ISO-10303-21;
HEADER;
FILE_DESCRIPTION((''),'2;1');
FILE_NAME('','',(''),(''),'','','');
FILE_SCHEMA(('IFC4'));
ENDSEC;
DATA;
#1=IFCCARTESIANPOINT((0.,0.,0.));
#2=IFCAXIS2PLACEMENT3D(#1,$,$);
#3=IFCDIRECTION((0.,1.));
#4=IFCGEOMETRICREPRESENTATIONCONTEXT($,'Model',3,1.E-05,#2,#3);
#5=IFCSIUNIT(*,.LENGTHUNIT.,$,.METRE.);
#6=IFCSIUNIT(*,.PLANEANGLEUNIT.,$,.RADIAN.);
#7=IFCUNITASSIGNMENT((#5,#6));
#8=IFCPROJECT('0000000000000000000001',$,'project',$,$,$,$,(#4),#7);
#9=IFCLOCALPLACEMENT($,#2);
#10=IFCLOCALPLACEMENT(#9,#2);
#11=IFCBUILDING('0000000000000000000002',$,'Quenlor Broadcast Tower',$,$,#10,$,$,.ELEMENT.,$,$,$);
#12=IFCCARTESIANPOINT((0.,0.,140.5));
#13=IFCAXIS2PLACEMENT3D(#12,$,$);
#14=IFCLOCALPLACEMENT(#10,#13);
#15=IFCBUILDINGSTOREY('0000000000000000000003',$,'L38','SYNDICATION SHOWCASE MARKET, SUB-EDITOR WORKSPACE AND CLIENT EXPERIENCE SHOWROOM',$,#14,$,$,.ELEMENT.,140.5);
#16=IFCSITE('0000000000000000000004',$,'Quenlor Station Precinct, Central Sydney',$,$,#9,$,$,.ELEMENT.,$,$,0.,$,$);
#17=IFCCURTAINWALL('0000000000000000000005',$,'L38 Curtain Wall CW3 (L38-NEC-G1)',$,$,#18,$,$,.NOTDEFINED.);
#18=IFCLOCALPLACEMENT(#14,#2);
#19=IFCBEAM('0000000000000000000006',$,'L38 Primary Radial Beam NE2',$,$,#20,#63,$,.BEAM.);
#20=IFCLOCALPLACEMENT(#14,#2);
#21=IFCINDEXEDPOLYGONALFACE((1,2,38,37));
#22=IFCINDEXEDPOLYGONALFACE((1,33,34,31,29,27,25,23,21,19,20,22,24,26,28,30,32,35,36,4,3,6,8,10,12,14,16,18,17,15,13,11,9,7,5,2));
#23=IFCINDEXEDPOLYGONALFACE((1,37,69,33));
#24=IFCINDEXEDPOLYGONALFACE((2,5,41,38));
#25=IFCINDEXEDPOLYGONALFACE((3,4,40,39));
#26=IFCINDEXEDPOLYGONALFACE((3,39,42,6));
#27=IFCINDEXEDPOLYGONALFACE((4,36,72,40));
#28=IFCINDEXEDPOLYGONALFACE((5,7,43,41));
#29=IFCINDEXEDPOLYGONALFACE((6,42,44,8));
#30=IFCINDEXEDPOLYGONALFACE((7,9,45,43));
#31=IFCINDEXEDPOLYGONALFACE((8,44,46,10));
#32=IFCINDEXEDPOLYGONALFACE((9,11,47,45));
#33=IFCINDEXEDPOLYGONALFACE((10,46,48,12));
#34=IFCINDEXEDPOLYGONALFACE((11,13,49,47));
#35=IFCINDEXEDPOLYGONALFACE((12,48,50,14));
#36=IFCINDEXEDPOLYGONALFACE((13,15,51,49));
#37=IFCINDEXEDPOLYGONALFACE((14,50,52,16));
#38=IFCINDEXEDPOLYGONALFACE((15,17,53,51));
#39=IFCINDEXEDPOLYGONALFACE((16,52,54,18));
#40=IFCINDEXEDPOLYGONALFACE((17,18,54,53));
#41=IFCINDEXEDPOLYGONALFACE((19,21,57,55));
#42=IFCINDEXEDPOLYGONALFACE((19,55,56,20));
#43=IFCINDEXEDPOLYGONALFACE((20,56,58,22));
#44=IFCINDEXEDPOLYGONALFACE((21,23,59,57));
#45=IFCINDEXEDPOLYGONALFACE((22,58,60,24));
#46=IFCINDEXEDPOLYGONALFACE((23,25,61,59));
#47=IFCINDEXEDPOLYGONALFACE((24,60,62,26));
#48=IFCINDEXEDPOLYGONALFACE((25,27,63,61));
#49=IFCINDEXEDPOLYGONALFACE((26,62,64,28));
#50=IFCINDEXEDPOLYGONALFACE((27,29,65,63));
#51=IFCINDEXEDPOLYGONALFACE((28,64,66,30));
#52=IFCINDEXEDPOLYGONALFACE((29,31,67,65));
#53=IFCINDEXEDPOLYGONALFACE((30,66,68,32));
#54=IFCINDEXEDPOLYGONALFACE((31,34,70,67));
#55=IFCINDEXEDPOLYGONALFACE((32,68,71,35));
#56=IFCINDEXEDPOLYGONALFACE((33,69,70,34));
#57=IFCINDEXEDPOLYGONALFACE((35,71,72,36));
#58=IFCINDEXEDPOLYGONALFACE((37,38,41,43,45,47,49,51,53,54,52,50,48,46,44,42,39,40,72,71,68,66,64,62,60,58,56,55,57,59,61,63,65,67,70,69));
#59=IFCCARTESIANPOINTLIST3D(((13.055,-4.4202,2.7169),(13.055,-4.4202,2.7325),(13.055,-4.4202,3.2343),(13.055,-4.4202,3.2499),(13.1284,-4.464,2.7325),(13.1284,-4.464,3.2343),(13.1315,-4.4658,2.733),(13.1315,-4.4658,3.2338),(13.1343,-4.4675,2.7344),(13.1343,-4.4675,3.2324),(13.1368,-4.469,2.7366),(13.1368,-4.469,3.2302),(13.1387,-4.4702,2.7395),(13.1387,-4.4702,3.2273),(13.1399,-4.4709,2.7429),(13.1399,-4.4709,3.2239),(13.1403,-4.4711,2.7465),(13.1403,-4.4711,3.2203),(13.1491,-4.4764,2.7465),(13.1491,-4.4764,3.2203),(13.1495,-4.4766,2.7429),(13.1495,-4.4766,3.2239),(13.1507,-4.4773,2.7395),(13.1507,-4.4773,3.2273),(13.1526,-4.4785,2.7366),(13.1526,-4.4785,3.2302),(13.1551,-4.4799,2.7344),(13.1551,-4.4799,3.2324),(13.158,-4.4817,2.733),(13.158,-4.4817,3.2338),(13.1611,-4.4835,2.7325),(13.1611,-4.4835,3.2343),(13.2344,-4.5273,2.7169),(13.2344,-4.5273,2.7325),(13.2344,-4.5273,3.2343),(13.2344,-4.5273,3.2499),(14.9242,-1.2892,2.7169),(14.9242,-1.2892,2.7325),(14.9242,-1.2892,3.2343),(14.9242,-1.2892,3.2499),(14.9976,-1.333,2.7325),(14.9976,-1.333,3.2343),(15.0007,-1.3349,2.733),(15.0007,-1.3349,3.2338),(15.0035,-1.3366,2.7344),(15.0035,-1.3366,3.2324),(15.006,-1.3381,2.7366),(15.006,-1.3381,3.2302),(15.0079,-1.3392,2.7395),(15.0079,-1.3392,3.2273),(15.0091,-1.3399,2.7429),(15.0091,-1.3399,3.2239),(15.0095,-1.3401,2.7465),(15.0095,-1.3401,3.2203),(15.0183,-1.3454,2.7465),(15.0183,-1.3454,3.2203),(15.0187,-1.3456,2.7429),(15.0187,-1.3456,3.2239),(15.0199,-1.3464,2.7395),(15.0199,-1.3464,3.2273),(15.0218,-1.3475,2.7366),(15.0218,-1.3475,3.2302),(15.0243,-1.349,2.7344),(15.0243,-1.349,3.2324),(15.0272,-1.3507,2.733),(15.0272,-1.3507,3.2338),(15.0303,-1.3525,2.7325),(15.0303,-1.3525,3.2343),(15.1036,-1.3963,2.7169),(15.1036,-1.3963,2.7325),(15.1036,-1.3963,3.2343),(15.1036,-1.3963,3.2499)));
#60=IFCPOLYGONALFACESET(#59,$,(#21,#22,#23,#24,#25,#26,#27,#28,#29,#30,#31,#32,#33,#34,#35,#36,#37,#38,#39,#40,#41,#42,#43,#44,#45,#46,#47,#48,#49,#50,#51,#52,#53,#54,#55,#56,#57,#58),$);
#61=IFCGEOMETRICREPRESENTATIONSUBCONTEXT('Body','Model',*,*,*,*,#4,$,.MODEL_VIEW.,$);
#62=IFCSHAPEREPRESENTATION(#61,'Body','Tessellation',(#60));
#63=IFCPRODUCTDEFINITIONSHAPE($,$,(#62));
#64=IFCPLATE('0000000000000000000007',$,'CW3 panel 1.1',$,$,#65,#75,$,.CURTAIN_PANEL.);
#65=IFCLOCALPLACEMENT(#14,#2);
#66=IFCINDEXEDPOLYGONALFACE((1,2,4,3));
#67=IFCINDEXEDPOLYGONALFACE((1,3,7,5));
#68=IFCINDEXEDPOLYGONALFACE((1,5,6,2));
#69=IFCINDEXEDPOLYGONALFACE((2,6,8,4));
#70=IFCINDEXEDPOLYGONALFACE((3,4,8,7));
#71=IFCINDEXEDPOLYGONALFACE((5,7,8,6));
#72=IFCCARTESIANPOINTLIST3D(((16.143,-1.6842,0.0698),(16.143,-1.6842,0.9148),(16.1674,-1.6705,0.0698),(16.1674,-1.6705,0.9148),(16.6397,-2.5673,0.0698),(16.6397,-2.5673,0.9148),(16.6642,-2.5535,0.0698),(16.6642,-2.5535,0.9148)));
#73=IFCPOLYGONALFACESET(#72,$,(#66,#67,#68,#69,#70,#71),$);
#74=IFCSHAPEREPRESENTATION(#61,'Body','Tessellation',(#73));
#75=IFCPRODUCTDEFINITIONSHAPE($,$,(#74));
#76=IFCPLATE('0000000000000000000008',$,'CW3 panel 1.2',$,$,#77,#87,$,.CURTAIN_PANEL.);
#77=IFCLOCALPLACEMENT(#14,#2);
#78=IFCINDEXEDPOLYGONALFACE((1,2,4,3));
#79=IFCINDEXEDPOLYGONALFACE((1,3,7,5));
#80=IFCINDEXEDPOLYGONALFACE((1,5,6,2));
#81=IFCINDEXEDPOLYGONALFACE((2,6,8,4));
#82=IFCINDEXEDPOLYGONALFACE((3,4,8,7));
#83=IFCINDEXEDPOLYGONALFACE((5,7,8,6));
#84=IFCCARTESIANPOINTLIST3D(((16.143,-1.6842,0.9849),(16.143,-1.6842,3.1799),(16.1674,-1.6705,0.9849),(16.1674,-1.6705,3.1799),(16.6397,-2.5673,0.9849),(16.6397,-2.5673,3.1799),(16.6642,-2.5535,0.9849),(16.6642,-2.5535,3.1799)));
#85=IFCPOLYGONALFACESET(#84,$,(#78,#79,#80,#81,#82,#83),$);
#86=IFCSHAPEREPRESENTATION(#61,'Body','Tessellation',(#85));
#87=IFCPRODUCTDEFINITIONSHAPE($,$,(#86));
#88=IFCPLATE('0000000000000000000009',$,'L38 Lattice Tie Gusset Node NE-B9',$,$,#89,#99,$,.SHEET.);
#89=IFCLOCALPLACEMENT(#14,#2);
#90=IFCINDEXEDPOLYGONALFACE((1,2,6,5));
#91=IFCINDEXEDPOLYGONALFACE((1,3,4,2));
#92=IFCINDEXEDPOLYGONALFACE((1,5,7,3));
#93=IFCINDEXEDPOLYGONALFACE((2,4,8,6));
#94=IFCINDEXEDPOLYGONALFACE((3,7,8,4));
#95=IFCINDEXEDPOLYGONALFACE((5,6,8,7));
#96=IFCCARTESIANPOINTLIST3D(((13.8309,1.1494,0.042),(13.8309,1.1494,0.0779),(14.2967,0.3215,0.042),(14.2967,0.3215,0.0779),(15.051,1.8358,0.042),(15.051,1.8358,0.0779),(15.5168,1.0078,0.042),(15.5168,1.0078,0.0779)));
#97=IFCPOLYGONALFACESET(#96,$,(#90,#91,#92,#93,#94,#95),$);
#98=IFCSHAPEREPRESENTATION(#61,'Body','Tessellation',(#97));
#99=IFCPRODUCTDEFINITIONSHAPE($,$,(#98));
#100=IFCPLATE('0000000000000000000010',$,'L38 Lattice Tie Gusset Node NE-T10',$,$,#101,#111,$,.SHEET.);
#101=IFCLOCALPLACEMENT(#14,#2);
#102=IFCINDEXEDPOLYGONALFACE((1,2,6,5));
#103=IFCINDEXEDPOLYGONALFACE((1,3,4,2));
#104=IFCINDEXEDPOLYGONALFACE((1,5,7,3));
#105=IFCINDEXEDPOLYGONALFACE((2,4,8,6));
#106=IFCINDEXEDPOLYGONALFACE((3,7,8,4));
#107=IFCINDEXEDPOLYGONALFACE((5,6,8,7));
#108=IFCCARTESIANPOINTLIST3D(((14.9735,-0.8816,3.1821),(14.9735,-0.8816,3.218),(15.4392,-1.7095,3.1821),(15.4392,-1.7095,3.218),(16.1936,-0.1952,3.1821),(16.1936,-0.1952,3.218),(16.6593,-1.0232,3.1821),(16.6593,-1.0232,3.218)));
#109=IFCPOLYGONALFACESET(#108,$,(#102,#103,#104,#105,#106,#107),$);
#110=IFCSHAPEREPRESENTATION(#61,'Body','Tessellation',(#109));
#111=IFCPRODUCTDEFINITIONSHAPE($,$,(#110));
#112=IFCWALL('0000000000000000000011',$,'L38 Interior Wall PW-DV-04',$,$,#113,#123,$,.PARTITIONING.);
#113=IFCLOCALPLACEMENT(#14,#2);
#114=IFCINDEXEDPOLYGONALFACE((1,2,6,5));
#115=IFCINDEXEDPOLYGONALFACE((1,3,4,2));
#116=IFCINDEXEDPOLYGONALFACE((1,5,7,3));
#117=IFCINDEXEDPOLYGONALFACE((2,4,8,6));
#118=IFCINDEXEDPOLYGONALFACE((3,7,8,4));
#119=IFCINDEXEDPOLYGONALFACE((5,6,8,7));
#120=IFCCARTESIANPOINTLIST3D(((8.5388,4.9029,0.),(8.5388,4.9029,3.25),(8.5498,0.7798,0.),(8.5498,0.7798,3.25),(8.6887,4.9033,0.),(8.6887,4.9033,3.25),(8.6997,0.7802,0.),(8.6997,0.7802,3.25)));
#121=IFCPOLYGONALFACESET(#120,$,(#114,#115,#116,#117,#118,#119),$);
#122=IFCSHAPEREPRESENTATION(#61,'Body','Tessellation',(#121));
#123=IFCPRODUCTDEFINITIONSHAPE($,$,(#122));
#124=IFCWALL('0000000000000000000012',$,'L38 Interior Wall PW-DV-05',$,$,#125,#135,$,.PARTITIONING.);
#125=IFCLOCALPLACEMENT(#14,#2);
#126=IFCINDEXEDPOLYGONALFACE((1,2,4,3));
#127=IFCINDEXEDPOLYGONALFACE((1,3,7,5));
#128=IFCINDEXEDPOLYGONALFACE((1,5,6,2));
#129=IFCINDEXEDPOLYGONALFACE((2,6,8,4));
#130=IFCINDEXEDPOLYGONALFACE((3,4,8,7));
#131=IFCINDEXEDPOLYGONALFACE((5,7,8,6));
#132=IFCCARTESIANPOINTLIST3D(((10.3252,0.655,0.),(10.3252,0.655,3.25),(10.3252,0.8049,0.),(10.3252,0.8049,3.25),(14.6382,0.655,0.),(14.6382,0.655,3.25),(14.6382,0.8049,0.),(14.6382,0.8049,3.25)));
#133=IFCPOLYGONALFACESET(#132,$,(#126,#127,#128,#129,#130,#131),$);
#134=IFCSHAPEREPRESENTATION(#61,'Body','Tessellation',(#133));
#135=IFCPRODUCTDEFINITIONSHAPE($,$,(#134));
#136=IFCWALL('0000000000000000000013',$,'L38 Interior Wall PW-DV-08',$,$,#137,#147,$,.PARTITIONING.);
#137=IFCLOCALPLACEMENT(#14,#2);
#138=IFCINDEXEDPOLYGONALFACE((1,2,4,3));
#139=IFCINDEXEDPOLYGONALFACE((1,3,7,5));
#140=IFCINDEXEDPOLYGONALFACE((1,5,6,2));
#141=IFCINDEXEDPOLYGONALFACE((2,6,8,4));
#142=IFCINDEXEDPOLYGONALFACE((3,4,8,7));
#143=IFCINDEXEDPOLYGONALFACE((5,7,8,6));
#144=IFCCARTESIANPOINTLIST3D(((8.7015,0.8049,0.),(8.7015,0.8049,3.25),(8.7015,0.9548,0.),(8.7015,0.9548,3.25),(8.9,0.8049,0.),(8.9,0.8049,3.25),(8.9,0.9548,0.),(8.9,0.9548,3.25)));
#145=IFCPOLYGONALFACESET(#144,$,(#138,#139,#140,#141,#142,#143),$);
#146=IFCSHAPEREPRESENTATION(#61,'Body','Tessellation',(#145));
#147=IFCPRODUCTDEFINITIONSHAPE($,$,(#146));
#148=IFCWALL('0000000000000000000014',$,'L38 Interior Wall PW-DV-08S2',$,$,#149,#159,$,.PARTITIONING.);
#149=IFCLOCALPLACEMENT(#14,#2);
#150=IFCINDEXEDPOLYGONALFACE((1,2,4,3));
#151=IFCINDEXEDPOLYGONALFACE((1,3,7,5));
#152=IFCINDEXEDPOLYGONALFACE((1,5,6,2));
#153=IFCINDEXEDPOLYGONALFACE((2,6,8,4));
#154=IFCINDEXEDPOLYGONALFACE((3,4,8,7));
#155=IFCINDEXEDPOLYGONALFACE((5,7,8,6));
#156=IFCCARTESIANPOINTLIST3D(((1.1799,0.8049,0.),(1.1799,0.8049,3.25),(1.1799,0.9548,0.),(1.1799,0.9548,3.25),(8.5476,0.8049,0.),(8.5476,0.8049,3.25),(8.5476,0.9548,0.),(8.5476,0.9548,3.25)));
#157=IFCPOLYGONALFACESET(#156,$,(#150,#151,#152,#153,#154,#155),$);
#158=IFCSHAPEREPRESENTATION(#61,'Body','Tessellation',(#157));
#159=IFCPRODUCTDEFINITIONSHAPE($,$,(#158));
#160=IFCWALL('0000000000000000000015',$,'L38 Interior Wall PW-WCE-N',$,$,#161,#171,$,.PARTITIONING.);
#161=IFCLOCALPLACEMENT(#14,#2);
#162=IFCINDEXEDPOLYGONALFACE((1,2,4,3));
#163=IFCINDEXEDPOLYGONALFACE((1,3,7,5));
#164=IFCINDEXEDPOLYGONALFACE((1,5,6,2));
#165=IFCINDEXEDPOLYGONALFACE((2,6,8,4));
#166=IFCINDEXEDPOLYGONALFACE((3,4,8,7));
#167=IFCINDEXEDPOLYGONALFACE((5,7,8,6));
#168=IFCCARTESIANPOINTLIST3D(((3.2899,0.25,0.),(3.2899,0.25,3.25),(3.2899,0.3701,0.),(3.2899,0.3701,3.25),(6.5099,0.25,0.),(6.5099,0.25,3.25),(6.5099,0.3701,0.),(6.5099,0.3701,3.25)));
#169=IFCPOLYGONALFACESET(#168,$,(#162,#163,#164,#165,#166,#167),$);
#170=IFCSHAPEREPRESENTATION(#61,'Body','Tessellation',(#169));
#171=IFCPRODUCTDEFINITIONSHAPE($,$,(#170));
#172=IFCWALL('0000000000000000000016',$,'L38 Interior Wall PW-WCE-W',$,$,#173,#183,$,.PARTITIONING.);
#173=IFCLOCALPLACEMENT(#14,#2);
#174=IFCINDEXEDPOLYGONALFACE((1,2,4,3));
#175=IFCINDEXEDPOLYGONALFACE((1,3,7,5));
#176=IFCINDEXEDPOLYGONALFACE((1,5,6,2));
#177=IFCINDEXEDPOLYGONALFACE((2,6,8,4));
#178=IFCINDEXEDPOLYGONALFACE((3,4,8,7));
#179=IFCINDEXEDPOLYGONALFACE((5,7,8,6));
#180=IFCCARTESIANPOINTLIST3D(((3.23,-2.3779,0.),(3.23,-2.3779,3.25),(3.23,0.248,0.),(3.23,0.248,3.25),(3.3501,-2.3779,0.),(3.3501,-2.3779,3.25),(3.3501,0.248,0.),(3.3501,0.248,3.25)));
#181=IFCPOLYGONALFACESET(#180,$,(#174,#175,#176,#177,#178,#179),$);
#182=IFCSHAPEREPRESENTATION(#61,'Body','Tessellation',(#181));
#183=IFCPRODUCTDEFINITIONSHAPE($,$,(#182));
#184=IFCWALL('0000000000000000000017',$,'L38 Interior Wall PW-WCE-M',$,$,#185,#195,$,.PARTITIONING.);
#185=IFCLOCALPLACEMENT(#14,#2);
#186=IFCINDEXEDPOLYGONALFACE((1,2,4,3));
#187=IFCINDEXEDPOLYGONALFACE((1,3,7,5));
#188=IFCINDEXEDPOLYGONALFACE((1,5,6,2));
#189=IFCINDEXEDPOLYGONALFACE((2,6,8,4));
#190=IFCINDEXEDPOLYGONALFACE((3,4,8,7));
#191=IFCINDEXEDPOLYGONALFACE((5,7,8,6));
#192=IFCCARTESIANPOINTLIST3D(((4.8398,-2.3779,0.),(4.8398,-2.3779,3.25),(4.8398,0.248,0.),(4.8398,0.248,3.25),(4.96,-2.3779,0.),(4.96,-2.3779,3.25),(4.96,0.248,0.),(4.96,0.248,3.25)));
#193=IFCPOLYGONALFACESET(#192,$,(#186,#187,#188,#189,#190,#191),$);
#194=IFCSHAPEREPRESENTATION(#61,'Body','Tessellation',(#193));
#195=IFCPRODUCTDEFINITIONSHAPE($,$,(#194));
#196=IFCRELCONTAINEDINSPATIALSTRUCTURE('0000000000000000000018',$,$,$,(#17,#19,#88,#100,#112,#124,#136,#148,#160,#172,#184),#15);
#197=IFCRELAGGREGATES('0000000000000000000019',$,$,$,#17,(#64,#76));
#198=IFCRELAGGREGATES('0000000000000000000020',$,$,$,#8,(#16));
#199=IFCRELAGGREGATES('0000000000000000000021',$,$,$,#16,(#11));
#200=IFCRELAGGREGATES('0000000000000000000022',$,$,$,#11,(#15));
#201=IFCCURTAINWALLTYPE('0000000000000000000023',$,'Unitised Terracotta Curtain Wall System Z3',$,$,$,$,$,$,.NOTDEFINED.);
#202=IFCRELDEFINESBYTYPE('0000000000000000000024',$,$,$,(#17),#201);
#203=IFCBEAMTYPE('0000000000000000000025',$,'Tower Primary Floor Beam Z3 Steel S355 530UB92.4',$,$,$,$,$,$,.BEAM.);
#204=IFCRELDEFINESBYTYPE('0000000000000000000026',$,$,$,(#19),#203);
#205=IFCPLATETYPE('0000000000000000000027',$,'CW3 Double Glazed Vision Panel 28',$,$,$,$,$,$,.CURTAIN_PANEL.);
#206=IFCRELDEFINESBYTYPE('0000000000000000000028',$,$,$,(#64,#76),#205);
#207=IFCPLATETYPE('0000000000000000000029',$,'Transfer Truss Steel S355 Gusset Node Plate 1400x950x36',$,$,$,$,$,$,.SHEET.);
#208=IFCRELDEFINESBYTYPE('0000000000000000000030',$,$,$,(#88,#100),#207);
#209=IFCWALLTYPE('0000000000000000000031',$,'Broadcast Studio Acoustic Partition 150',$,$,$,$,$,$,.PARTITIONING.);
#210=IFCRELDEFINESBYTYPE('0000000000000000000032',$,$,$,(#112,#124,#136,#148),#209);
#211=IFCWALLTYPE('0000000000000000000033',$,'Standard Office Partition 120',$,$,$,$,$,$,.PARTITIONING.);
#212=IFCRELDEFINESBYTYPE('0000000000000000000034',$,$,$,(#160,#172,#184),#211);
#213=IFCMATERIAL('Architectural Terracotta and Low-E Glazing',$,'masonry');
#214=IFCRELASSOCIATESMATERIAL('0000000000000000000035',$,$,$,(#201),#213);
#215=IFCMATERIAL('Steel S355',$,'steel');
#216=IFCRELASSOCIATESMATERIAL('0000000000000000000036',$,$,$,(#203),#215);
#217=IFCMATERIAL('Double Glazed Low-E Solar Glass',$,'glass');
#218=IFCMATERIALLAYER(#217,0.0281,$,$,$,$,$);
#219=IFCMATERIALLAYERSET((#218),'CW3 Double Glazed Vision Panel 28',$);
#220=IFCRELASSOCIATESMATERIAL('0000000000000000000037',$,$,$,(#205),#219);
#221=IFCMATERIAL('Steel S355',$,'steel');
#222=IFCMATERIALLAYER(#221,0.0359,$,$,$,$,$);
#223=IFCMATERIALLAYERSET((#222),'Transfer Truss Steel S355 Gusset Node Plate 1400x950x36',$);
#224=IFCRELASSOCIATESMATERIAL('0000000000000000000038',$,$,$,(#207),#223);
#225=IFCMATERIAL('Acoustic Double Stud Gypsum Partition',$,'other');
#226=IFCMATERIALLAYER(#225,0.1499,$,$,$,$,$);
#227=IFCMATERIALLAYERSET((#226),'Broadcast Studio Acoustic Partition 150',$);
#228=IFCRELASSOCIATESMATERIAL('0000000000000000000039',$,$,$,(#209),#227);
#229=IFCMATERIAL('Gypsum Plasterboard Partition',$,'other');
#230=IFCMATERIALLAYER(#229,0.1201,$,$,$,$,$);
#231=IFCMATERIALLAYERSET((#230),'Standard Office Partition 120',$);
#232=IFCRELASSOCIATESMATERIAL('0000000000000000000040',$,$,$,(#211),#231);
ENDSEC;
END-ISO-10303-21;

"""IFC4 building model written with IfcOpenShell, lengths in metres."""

from ifc_helpers import new_model, si_unit, direction, frame, frame_2d, origin, origin_2d, place, context, subcontext, project, spatial, rectangle, i_section, extrude, material, layer, layer_set, material_profile, profile_set, type_object, element, aggregate, save


model = new_model("IFC4")

# Units and contexts
model_context = context("Model", 3, precision=1e-05, world=origin(), true_north=direction((0.0, 1.0)))
body_context = subcontext(model_context, "Body", "Model", "MODEL_VIEW")
ifc_project = project(units=[si_unit("LENGTHUNIT", "METRE"), si_unit("PLANEANGLEUNIT", "RADIAN")], contexts=[model_context])

# Site, building, storey
site_placement = place(None, origin())
site = spatial("IfcSite", under=ifc_project, at=site_placement, Name="Quenlor Station Precinct, Central Sydney", CompositionType="ELEMENT", RefElevation=0.0)
building_placement = place(site_placement, origin())
building = spatial("IfcBuilding", under=site, at=building_placement, Name="Quenlor Broadcast Tower", CompositionType="ELEMENT")
storey_placement = place(building_placement, frame((0.0, 0.0, 140.5)))
storey = spatial("IfcBuildingStorey", under=building, at=storey_placement, Name="L38", Description="SYNDICATION SHOWCASE MARKET, SUB-EDITOR WORKSPACE AND CLIENT EXPERIENCE SHOWROOM", CompositionType="ELEMENT", Elevation=140.5)

# Curtain wall
ifc_material_1 = material(Name="Architectural Terracotta and Low-E Glazing", Category="masonry")
curtain_wall_type = type_object("IfcCurtainWallType", Name="Unitised Terracotta Curtain Wall System Z3", PredefinedType="NOTDEFINED", material=ifc_material_1)
curtain_wall_placement = place(storey_placement, origin())
curtain_wall = element("IfcCurtainWall", 1, at=curtain_wall_placement, inside=storey, type_object=curtain_wall_type, Name="L38 Curtain Wall CW3 (L38-NEC-G1)", PredefinedType="NOTDEFINED")

# Beam
ifc_material_2 = material(Name="Steel S355", Category="steel")
ifc_material_profile_1 = material_profile(ifc_material_2, i_section(OverallWidth=0.209, OverallDepth=0.533, WebThickness=0.0103, FlangeThickness=0.0156, FilletRadius=0.0139, at=origin_2d()))
ifc_profile_set_1 = profile_set([ifc_material_profile_1], Name="Steel S355 530UB92.4")
beam_type_1 = type_object("IfcBeamType", Name="Tower Primary Floor Beam Z3 Steel S355 530UB92.4", PredefinedType="BEAM", material=ifc_profile_set_1)
beam_1_placement = place(storey_placement, frame((15.0139, -1.3428, 2.9834), z_axis=(-0.512604, -0.858625, 0.0), x_axis=(0.858625, -0.512604, 0.0)))
element("IfcBeam", 2, at=beam_1_placement, inside=storey, type_object=beam_type_1, Name="L38 Primary Radial Beam NE2", PredefinedType="BEAM", context=body_context, shape_type="SweptSolid", body=[
    extrude(i_section(OverallWidth=0.209, OverallDepth=0.533, WebThickness=0.0103, FlangeThickness=0.0156, FilletRadius=0.0139, at=origin_2d()), origin(), (0.0, 0.0, 1.0), 3.6465),
])

# Plates
ifc_material_3 = material(Name="Double Glazed Low-E Solar Glass", Category="glass")
ifc_layer_1 = layer(ifc_material_3, 0.0281)
ifc_layer_set_1 = layer_set([ifc_layer_1], Name="CW3 Double Glazed Vision Panel 28")
plate_type_1 = type_object("IfcPlateType", Name="CW3 Double Glazed Vision Panel 28", PredefinedType="CURTAIN_PANEL", material=ifc_layer_set_1)
plate_1_placement = place(storey_placement, frame((16.4036, -2.1189, 0.0698), z_axis=(0.0, 0.0, 1.0), x_axis=(0.490253, -0.87158, 0.0)))
plate_1 = element("IfcPlate", 3, at=plate_1_placement, type_object=plate_type_1, Name="CW3 panel 1.1", PredefinedType="CURTAIN_PANEL", context=body_context, shape_type="SweptSolid", body=[
    extrude(rectangle(XDim=1.0132, YDim=0.0281, at=origin_2d()), origin(), (0.0, 0.0, 1.0), 0.845),
])
plate_2_placement = place(storey_placement, frame((16.4036, -2.1189, 0.9849), z_axis=(0.0, 0.0, 1.0), x_axis=(0.490253, -0.87158, 0.0)))
plate_2 = element("IfcPlate", 4, at=plate_2_placement, type_object=plate_type_1, Name="CW3 panel 1.2", PredefinedType="CURTAIN_PANEL", context=body_context, shape_type="SweptSolid", body=[
    extrude(rectangle(XDim=1.0132, YDim=0.0281, at=origin_2d()), origin(), (0.0, 0.0, 1.0), 2.1951),
])
aggregate(curtain_wall, [plate_1, plate_2])

# Plates
ifc_material_4 = material(Name="Steel S355", Category="steel")
ifc_layer_2 = layer(ifc_material_4, 0.0359)
ifc_layer_set_2 = layer_set([ifc_layer_2], Name="Transfer Truss Steel S355 Gusset Node Plate 1400x950x36")
plate_type_2 = type_object("IfcPlateType", Name="Transfer Truss Steel S355 Gusset Node Plate 1400x950x36", PredefinedType="SHEET", material=ifc_layer_set_2)
for number, where, z_axis, x_axis, name in (
    (5, (14.6738, 1.0786, 0.042), (0.0, 0.0, 1.0), (0.871556, 0.490295, 0.0), "L38 Lattice Tie Gusset Node NE-B9"),
    (6, (15.8164, -0.9524, 3.1821), (0.0, 0.0, 1.0), (0.871556, 0.490295, 0.0), "L38 Lattice Tie Gusset Node NE-T10"),
):
    element("IfcPlate", number, at=place(storey_placement, frame(where, z_axis=z_axis, x_axis=x_axis)), inside=storey, type_object=plate_type_2, Name=name, PredefinedType="SHEET", context=body_context, shape_type="SweptSolid", body=[
        extrude(rectangle(XDim=1.3999, YDim=0.95, at=origin_2d()), origin(), (0.0, 0.0, 1.0), 0.0359),
    ])

# Walls
ifc_material_5 = material(Name="Acoustic Double Stud Gypsum Partition", Category="other")
ifc_layer_3 = layer(ifc_material_5, 0.1499)
ifc_layer_set_3 = layer_set([ifc_layer_3], Name="Broadcast Studio Acoustic Partition 150")
wall_type_1 = type_object("IfcWallType", Name="Broadcast Studio Acoustic Partition 150", PredefinedType="PARTITIONING", material=ifc_layer_set_3)
wall_1_placement = place(storey_placement, frame((8.6248, 0.78, 0.0), z_axis=(0.0, 0.0, 1.0), x_axis=(-0.002665, 0.999996, 0.0)))
element("IfcWall", 7, at=wall_1_placement, inside=storey, type_object=wall_type_1, Name="L38 Interior Wall PW-DV-04", PredefinedType="PARTITIONING", context=body_context, shape_type="SweptSolid", body=[
    extrude(rectangle(XDim=4.123, YDim=0.1499, at=frame_2d((2.0615, 0.0))), origin(), (0.0, 0.0, 1.0), 3.25),
])
wall_2_placement = place(storey_placement, frame((14.6382, 0.73, 0.0), z_axis=(0.0, 0.0, 1.0), x_axis=(-1.0, 0.0, 0.0)))
element("IfcWall", 8, at=wall_2_placement, inside=storey, type_object=wall_type_1, Name="L38 Interior Wall PW-DV-05", PredefinedType="PARTITIONING", context=body_context, shape_type="SweptSolid", body=[
    extrude(rectangle(XDim=4.313, YDim=0.1499, at=frame_2d((2.1565, 0.0))), origin(), (0.0, 0.0, 1.0), 3.25),
])
wall_3_placement = place(storey_placement, frame((8.8999, 0.8799, 0.0), z_axis=(0.0, 0.0, 1.0), x_axis=(-1.0, 0.0, 0.0)))
element("IfcWall", 9, at=wall_3_placement, inside=storey, type_object=wall_type_1, Name="L38 Interior Wall PW-DV-08", PredefinedType="PARTITIONING", context=body_context, shape_type="SweptSolid", body=[
    extrude(rectangle(XDim=0.1985, YDim=0.1499, at=frame_2d((0.0991, 0.0))), origin(), (0.0, 0.0, 1.0), 3.25),
])
wall_4_placement = place(storey_placement, frame((8.5476, 0.8799, 0.0), z_axis=(0.0, 0.0, 1.0), x_axis=(-1.0, 0.0, 0.0)))
element("IfcWall", 10, at=wall_4_placement, inside=storey, type_object=wall_type_1, Name="L38 Interior Wall PW-DV-08S2", PredefinedType="PARTITIONING", context=body_context, shape_type="SweptSolid", body=[
    extrude(rectangle(XDim=7.3677, YDim=0.1499, at=frame_2d((3.6838, 0.0))), origin(), (0.0, 0.0, 1.0), 3.25),
])

# Shared definitions
ifc_material_6 = material(Name="Gypsum Plasterboard Partition", Category="other")
ifc_layer_4 = layer(ifc_material_6, 0.1201)
ifc_layer_set_4 = layer_set([ifc_layer_4], Name="Standard Office Partition 120")
wall_type_2 = type_object("IfcWallType", Name="Standard Office Partition 120", PredefinedType="PARTITIONING", material=ifc_layer_set_4)

# Walls
wall_5_placement = place(storey_placement, frame((3.29, 0.3101, 0.0), z_axis=(0.0, 0.0, 1.0), x_axis=(1.0, 0.0, 0.0)))
element("IfcWall", 11, at=wall_5_placement, inside=storey, type_object=wall_type_2, Name="L38 Interior Wall PW-WCE-N", PredefinedType="PARTITIONING", context=body_context, shape_type="SweptSolid", body=[
    extrude(rectangle(XDim=3.22, YDim=0.1201, at=frame_2d((1.6099, 0.0))), origin(), (0.0, 0.0, 1.0), 3.25),
])
for number, where, z_axis, x_axis, name in (
    (12, (3.29, -2.3779, 0.0), (0.0, 0.0, 1.0), (0.0, 1.0, 0.0), "L38 Interior Wall PW-WCE-W"),
    (13, (4.8999, -2.3779, 0.0), (0.0, 0.0, 1.0), (0.0, 1.0, 0.0), "L38 Interior Wall PW-WCE-M"),
):
    element("IfcWall", number, at=place(storey_placement, frame(where, z_axis=z_axis, x_axis=x_axis)), inside=storey, type_object=wall_type_2, Name=name, PredefinedType="PARTITIONING", context=body_context, shape_type="SweptSolid", body=[
        extrude(rectangle(XDim=2.626, YDim=0.1201, at=frame_2d((1.313, 0.0))), origin(), (0.0, 0.0, 1.0), 3.25),
    ])

save(model, "model.ifc")
